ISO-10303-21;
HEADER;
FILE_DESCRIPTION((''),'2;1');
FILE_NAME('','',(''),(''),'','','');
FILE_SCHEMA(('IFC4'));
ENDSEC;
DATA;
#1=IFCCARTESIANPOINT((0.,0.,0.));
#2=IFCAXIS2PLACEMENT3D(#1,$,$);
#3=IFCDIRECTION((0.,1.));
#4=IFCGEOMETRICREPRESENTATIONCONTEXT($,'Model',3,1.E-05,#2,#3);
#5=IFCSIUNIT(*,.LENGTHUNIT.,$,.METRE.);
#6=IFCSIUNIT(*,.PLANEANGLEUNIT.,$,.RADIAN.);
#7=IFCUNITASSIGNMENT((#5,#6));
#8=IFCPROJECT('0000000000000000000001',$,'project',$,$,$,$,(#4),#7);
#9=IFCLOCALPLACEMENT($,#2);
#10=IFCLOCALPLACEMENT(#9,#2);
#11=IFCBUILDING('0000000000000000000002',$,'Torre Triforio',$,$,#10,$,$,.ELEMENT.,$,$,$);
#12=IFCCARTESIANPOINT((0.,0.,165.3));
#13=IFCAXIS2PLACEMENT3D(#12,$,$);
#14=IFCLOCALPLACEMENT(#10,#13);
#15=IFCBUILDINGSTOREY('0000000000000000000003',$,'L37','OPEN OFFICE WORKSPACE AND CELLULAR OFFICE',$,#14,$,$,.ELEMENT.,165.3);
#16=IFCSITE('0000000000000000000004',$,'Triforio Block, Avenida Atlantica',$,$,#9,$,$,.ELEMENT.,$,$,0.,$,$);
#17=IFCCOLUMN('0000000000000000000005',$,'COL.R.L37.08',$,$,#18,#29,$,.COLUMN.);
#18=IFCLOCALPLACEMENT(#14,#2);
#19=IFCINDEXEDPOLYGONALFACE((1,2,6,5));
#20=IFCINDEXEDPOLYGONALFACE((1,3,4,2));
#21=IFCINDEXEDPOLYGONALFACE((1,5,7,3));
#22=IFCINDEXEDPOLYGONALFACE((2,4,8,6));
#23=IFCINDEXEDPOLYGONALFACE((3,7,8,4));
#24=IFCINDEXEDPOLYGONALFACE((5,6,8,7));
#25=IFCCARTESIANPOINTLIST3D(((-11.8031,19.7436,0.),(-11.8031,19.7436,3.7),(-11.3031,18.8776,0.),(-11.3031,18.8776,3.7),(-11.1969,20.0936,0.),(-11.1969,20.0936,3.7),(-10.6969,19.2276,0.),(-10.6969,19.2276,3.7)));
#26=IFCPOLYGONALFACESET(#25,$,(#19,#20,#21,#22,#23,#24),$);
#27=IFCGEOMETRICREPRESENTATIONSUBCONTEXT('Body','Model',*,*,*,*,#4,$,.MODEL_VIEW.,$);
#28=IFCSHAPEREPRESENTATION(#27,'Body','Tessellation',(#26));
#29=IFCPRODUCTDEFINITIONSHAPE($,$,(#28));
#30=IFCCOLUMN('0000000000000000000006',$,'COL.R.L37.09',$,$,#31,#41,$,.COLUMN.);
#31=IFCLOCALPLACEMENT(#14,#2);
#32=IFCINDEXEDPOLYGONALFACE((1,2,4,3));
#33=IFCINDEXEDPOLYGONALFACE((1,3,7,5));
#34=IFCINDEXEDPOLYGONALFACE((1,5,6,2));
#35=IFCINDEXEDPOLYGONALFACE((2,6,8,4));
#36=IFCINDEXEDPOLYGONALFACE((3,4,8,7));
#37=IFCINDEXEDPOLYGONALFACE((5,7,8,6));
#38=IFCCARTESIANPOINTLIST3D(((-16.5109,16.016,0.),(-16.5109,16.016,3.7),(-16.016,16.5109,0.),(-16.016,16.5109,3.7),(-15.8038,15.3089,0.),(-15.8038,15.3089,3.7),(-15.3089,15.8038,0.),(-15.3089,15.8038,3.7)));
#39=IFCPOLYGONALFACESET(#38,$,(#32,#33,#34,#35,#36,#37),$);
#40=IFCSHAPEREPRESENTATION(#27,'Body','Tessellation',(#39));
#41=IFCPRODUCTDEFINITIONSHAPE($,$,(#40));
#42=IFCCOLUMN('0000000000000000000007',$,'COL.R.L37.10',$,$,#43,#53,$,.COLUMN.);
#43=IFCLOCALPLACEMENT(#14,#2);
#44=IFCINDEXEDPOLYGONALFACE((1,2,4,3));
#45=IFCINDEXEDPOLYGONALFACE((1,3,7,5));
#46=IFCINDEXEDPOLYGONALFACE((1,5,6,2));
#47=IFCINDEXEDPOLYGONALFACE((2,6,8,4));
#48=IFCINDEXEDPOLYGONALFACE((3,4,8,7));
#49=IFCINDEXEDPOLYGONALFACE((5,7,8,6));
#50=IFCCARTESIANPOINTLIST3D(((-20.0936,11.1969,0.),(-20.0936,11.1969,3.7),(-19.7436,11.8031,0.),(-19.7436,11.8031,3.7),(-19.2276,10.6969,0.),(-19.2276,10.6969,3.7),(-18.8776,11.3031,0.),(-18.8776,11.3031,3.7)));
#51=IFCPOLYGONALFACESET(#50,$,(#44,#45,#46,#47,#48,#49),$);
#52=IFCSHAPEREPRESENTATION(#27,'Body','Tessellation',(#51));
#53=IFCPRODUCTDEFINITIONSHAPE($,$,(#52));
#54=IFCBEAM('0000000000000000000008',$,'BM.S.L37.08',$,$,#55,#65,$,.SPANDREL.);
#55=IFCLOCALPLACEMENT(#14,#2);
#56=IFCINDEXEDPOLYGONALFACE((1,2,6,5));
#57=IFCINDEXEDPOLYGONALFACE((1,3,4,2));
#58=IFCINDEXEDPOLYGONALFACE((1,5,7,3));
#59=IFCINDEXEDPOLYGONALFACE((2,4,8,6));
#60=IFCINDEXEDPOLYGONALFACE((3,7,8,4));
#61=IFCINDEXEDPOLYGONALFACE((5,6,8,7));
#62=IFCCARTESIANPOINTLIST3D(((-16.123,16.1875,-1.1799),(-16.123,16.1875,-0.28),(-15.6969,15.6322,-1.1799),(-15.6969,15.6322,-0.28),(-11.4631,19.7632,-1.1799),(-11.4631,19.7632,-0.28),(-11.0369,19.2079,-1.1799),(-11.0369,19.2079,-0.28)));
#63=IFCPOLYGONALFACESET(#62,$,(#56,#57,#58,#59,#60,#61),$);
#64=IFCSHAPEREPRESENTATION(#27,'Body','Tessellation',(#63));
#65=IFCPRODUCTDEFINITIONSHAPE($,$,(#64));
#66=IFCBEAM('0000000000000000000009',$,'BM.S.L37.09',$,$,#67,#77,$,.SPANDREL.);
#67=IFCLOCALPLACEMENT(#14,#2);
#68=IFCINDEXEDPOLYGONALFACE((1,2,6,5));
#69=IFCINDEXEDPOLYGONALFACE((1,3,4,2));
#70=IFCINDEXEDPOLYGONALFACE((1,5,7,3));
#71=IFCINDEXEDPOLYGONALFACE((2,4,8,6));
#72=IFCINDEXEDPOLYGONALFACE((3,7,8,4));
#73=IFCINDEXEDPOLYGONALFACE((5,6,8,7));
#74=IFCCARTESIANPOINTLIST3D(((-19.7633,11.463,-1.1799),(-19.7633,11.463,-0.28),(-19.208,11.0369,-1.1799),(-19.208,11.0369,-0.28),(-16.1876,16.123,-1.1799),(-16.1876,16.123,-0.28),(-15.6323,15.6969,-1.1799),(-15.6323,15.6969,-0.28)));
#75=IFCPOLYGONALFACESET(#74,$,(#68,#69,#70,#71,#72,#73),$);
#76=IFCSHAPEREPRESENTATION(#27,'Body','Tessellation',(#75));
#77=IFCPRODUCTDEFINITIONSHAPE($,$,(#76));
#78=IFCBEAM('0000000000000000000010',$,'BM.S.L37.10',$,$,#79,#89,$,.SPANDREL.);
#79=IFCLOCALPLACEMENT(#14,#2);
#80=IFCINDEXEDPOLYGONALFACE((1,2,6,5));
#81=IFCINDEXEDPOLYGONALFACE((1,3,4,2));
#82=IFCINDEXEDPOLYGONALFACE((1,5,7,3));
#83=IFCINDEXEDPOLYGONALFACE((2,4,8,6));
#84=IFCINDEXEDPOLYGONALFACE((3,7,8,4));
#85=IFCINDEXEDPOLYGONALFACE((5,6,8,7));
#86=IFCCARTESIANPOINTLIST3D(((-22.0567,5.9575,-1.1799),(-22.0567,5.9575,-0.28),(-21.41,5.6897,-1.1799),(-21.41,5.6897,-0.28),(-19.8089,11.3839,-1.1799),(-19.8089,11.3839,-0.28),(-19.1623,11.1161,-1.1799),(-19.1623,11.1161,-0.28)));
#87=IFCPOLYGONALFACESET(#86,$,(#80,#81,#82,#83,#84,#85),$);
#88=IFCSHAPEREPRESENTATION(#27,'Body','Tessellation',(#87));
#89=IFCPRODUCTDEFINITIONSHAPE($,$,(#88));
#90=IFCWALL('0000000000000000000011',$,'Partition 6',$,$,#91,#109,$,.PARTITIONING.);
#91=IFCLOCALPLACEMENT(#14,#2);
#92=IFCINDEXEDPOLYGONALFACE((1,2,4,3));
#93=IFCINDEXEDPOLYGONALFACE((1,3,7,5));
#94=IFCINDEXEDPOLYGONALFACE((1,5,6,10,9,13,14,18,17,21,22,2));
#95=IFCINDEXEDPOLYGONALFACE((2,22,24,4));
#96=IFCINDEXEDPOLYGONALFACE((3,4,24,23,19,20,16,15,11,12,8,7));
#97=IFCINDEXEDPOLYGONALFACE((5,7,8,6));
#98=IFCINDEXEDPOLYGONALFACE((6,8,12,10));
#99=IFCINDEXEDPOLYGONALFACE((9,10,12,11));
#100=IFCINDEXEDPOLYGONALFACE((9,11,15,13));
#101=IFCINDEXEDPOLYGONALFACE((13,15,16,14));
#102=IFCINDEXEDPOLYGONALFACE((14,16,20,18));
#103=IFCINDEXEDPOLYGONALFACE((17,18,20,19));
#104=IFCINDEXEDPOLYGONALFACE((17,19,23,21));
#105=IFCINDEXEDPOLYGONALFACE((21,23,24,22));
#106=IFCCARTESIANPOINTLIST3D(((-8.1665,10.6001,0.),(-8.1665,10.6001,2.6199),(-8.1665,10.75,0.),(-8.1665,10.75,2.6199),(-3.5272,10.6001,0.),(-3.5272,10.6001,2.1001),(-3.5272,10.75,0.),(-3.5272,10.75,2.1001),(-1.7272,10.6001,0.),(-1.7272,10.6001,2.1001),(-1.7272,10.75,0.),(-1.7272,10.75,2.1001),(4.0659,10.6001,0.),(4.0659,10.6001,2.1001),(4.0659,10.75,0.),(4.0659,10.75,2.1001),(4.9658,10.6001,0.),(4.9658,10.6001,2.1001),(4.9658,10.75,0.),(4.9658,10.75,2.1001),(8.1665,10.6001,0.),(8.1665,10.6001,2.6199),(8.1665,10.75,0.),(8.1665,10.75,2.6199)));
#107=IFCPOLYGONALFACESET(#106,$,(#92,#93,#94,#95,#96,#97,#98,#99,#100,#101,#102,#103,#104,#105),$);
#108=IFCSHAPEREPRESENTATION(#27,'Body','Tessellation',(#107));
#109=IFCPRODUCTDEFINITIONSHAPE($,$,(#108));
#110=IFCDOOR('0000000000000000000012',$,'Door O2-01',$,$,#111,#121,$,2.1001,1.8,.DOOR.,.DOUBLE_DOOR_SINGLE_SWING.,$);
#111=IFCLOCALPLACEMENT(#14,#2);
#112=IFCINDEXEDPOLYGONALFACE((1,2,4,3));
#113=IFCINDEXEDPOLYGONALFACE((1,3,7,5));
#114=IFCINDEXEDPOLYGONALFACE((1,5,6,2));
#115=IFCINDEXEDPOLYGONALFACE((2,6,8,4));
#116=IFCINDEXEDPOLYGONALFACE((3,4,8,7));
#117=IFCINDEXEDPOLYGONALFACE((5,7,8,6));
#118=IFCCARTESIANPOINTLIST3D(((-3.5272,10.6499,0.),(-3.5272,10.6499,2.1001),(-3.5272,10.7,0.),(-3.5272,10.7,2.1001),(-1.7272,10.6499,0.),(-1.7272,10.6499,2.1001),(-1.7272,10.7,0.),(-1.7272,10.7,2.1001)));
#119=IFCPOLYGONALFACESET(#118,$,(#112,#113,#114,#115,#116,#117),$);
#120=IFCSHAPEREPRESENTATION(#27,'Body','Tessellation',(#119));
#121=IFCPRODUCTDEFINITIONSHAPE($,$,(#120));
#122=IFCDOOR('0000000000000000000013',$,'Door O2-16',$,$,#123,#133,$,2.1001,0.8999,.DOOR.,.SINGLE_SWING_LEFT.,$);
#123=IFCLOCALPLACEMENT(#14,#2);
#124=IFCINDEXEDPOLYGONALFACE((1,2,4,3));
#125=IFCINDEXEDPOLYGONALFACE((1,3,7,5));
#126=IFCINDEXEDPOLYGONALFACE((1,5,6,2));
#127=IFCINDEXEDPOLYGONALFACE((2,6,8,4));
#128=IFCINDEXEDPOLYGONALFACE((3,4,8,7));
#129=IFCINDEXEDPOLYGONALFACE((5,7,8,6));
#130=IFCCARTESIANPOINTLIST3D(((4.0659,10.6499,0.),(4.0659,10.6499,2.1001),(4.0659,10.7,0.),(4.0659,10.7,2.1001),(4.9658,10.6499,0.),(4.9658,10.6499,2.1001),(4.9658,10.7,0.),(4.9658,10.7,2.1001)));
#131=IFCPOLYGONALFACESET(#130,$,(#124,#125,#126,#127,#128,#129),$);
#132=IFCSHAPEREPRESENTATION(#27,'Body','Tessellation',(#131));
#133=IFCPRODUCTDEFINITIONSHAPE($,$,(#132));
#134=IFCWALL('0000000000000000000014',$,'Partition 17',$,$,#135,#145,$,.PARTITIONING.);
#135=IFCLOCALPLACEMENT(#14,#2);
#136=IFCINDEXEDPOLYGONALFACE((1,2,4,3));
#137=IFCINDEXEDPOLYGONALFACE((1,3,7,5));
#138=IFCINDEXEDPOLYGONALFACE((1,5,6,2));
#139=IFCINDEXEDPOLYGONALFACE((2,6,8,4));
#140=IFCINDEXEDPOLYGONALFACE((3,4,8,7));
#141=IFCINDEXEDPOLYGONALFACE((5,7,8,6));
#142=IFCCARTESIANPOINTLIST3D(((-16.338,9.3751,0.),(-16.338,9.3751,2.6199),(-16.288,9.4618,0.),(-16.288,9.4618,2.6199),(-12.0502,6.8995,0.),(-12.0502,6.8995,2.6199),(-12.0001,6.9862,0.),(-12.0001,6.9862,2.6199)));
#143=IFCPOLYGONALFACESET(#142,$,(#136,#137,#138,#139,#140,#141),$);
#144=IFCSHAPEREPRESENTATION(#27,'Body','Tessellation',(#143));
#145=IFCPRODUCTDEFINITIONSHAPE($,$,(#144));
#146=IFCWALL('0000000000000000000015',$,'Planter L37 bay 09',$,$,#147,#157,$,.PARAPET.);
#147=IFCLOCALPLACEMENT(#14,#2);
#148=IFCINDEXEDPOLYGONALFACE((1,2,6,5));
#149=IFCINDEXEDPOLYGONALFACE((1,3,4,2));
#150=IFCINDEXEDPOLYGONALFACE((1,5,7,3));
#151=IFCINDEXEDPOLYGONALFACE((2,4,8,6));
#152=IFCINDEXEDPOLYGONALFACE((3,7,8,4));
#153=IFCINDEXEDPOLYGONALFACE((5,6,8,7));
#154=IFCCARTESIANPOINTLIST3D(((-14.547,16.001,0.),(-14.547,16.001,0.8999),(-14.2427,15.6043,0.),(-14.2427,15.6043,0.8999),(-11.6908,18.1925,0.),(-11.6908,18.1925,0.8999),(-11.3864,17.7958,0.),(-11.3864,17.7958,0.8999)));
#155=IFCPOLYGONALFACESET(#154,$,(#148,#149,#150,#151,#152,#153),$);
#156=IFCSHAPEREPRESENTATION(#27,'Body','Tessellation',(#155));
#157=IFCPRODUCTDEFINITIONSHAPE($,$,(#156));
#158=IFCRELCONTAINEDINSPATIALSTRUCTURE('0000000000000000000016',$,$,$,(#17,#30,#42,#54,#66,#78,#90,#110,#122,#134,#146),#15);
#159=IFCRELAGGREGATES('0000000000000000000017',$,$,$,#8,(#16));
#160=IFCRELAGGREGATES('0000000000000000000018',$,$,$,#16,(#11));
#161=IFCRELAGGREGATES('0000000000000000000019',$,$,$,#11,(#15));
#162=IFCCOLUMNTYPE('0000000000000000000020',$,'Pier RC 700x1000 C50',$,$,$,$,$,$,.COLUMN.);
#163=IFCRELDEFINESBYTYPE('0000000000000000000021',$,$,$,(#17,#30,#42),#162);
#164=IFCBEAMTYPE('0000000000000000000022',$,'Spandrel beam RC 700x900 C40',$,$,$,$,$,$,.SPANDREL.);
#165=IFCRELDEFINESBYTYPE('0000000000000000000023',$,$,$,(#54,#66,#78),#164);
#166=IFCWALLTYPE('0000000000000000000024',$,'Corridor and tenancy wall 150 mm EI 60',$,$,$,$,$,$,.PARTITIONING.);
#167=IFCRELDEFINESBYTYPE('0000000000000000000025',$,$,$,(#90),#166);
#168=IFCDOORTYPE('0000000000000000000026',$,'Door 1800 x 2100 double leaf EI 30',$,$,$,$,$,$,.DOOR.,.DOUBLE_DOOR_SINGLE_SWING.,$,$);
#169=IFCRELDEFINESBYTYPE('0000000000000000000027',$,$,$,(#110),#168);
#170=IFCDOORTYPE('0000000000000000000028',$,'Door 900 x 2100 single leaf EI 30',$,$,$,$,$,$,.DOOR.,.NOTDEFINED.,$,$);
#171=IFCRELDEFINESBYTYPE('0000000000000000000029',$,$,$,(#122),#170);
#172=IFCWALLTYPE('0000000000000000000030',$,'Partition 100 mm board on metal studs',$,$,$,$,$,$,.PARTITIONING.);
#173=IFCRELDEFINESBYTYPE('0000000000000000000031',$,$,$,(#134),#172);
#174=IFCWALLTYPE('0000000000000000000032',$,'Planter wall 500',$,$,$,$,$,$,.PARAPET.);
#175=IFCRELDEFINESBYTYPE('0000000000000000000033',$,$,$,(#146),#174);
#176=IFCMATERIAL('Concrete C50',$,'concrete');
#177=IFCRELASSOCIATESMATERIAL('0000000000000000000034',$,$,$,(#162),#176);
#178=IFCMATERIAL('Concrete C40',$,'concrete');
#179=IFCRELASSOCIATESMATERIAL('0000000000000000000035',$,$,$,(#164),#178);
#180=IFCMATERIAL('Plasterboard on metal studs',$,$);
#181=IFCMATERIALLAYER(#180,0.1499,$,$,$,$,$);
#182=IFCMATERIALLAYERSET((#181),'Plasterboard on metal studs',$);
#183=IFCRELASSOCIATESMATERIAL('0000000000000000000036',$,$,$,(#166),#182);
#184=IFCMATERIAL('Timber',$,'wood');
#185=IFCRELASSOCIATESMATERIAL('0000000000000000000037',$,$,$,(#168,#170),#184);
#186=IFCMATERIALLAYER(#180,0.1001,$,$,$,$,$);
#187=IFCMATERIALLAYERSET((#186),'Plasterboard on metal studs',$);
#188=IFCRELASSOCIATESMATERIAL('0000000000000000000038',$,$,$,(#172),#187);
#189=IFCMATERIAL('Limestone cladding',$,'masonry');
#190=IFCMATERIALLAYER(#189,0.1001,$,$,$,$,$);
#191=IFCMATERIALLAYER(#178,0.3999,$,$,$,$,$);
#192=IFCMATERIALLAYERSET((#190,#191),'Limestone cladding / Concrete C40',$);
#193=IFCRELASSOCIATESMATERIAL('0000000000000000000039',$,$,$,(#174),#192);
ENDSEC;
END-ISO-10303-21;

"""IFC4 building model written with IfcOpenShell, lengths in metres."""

from ifc_helpers import new_model, si_unit, direction, frame, frame_2d, origin, origin_2d, place, context, subcontext, project, spatial, rectangle, extrude, material, layer, layer_set, material_profile, profile_set, type_object, element, fill, save


model = new_model("IFC4")

# Units and contexts
model_context = context("Model", 3, precision=1e-05, world=origin(), true_north=direction((0.0, 1.0)))
body_context = subcontext(model_context, "Body", "Model", "MODEL_VIEW")
ifc_project = project(units=[si_unit("LENGTHUNIT", "METRE"), si_unit("PLANEANGLEUNIT", "RADIAN")], contexts=[model_context])

# Site, building, storey
site_placement = place(None, origin())
site = spatial("IfcSite", under=ifc_project, at=site_placement, Name="Triforio Block, Avenida Atlantica", CompositionType="ELEMENT", RefElevation=0.0)
building_placement = place(site_placement, origin())
building = spatial("IfcBuilding", under=site, at=building_placement, Name="Torre Triforio", CompositionType="ELEMENT")
storey_placement = place(building_placement, frame((0.0, 0.0, 165.3)))
storey = spatial("IfcBuildingStorey", under=building, at=storey_placement, Name="L37", Description="OPEN OFFICE WORKSPACE AND CELLULAR OFFICE", CompositionType="ELEMENT", Elevation=165.3)

# Columns
ifc_material_1 = material(Name="Concrete C50", Category="concrete")
ifc_material_profile_1 = material_profile(ifc_material_1, rectangle(XDim=0.7, YDim=1.0, at=origin_2d()), Name="RC 700x1000")
ifc_profile_set_1 = profile_set([ifc_material_profile_1], Name="Concrete C50")
column_type = type_object("IfcColumnType", Name="Pier RC 700x1000 C50", PredefinedType="COLUMN", material=ifc_profile_set_1)
for number, where, z_axis, x_axis, name in (
    (1, (-11.25, 19.4856, 0.0), (0.0, 0.0, 1.0), (-0.866025, -0.5, 0.0), "COL.R.L37.08"),
    (2, (-15.9099, 15.9099, 0.0), (0.0, 0.0, 1.0), (-0.707107, -0.707107, 0.0), "COL.R.L37.09"),
    (3, (-19.4856, 11.25, 0.0), (0.0, 0.0, 1.0), (-0.5, -0.866025, 0.0), "COL.R.L37.10"),
):
    element("IfcColumn", number, at=place(storey_placement, frame(where, z_axis=z_axis, x_axis=x_axis)), inside=storey, type_object=column_type, Name=name, PredefinedType="COLUMN", context=body_context, shape_type="SweptSolid", body=[
        extrude(rectangle(XDim=0.7, YDim=1.0, at=origin_2d()), origin(), (0.0, 0.0, 1.0), 3.7),
    ])

# Beams
ifc_material_2 = material(Name="Concrete C40", Category="concrete")
ifc_material_profile_2 = material_profile(ifc_material_2, rectangle(XDim=0.7, YDim=0.8999, at=origin_2d()), Name="RC 700x900")
ifc_profile_set_2 = profile_set([ifc_material_profile_2], Name="Concrete C40")
beam_type = type_object("IfcBeamType", Name="Spandrel beam RC 700x900 C40", PredefinedType="SPANDREL", material=ifc_profile_set_2)
for number, where, z_axis, x_axis, name in (
    (4, (-11.25, 19.4856, -0.73), (-0.793353, -0.608762, 0.0), (0.608762, -0.793353, 0.0), "BM.S.L37.08"),
    (5, (-15.9099, 15.9099, -0.73), (-0.608762, -0.793353, 0.0), (0.793353, -0.608762, 0.0), "BM.S.L37.09"),
):
    element("IfcBeam", number, at=place(storey_placement, frame(where, z_axis=z_axis, x_axis=x_axis)), inside=storey, type_object=beam_type, Name=name, PredefinedType="SPANDREL", context=body_context, shape_type="SweptSolid", body=[
        extrude(rectangle(XDim=0.7, YDim=0.8999, at=origin_2d()), origin(), (0.0, 0.0, 1.0), 5.8738),
    ])
beam_placement = place(storey_placement, frame((-19.4856, 11.25, -0.73), z_axis=(-0.382693, -0.923875, 0.0), x_axis=(0.923875, -0.382693, 0.0)))
element("IfcBeam", 6, at=beam_placement, inside=storey, type_object=beam_type, Name="BM.S.L37.10", PredefinedType="SPANDREL", context=body_context, shape_type="SweptSolid", body=[
    extrude(rectangle(XDim=0.7, YDim=0.8999, at=origin_2d()), origin(), (0.0, 0.0, 1.0), 5.8735),
])

# Wall, openings, doors
ifc_material_3 = material(Name="Plasterboard on metal studs")
ifc_layer_1 = layer(ifc_material_3, 0.1499)
ifc_layer_set_1 = layer_set([ifc_layer_1], Name="Plasterboard on metal studs")
wall_type_1 = type_object("IfcWallType", Name="Corridor and tenancy wall 150 mm EI 60", PredefinedType="PARTITIONING", material=ifc_layer_set_1)
wall_1_placement = place(storey_placement, frame((-8.1665, 10.675, 0.0), z_axis=(0.0, 0.0, 1.0), x_axis=(1.0, 0.0, 0.0)))
wall_1 = element("IfcWall", 7, at=wall_1_placement, inside=storey, type_object=wall_type_1, Name="Partition 6", PredefinedType="PARTITIONING", context=body_context, shape_type="SweptSolid", body=[
    extrude(rectangle(XDim=16.333, YDim=0.1499, at=frame_2d((8.1665, 0.0))), origin(), (0.0, 0.0, 1.0), 2.6199),
])
opening_1_placement = place(wall_1_placement, frame((4.6394, 0.0, 0.0)))
opening_1 = element("IfcOpeningElement", 8, at=opening_1_placement, cuts=wall_1, PredefinedType="OPENING", context=body_context, shape_type="SweptSolid", body=[
    extrude(rectangle(XDim=1.8, YDim=2.1001, at=frame_2d((0.8999, 1.05))), frame((0.0, 0.085, 0.0), z_axis=(0.0, -1.0, 0.0), x_axis=(1.0, 0.0, 0.0)), (0.0, 0.0, 1.0), 0.1699),
])
opening_2_placement = place(wall_1_placement, frame((12.2324, 0.0, 0.0)))
opening_2 = element("IfcOpeningElement", 9, at=opening_2_placement, cuts=wall_1, PredefinedType="OPENING", context=body_context, shape_type="SweptSolid", body=[
    extrude(rectangle(XDim=0.8999, YDim=2.1001, at=frame_2d((0.45, 1.05))), frame((0.0, 0.085, 0.0), z_axis=(0.0, -1.0, 0.0), x_axis=(1.0, 0.0, 0.0)), (0.0, 0.0, 1.0), 0.1699),
])
ifc_material_4 = material(Name="Timber", Category="wood")
door_type_1 = type_object("IfcDoorType", Name="Door 1800 x 2100 double leaf EI 30", OperationType="DOUBLE_DOOR_SINGLE_SWING", PredefinedType="DOOR", material=ifc_material_4)
door_1_placement = place(opening_1_placement, origin())
door_1 = element("IfcDoor", 10, at=door_1_placement, inside=storey, type_object=door_type_1, Name="Door O2-01", OperationType="DOUBLE_DOOR_SINGLE_SWING", OverallHeight=2.1001, OverallWidth=1.8, PredefinedType="DOOR", context=body_context, shape_type="SweptSolid", body=[
    extrude(rectangle(XDim=1.8, YDim=2.1001, at=frame_2d((0.8999, 1.05))), frame((0.0, 0.0249, 0.0), z_axis=(0.0, -1.0, 0.0), x_axis=(1.0, 0.0, 0.0)), (0.0, 0.0, 1.0), 0.05),
])
fill(opening_1, door_1)
door_type_2 = type_object("IfcDoorType", Name="Door 900 x 2100 single leaf EI 30", OperationType="NOTDEFINED", PredefinedType="DOOR", material=ifc_material_4)
door_2_placement = place(opening_2_placement, origin())
door_2 = element("IfcDoor", 11, at=door_2_placement, inside=storey, type_object=door_type_2, Name="Door O2-16", OperationType="SINGLE_SWING_LEFT", OverallHeight=2.1001, OverallWidth=0.8999, PredefinedType="DOOR", context=body_context, shape_type="SweptSolid", body=[
    extrude(rectangle(XDim=0.8999, YDim=2.1001, at=frame_2d((0.45, 1.05))), frame((0.0, 0.0249, 0.0), z_axis=(0.0, -1.0, 0.0), x_axis=(1.0, 0.0, 0.0)), (0.0, 0.0, 1.0), 0.05),
])
fill(opening_2, door_2)

# Walls
ifc_layer_2 = layer(ifc_material_3, 0.1001)
ifc_layer_set_2 = layer_set([ifc_layer_2], Name="Plasterboard on metal studs")
wall_type_2 = type_object("IfcWallType", Name="Partition 100 mm board on metal studs", PredefinedType="PARTITIONING", material=ifc_layer_set_2)
wall_2_placement = place(storey_placement, frame((-12.0251, 6.9429, 0.0), z_axis=(0.0, 0.0, 1.0), x_axis=(-0.866025, 0.5, 0.0)))
element("IfcWall", 12, at=wall_2_placement, inside=storey, type_object=wall_type_2, Name="Partition 17", PredefinedType="PARTITIONING", context=body_context, shape_type="SweptSolid", body=[
    extrude(rectangle(XDim=4.9512, YDim=0.1001, at=frame_2d((2.4756, 0.0))), origin(), (0.0, 0.0, 1.0), 2.6199),
])
ifc_material_5 = material(Name="Limestone cladding", Category="masonry")
ifc_layer_3 = layer(ifc_material_5, 0.1001)
ifc_layer_4 = layer(ifc_material_2, 0.3999)
ifc_layer_set_3 = layer_set([ifc_layer_3, ifc_layer_4], Name="Limestone cladding / Concrete C40")
wall_type_3 = type_object("IfcWallType", Name="Planter wall 500", PredefinedType="PARAPET", material=ifc_layer_set_3)
wall_3_placement = place(storey_placement, frame((-11.5386, 17.9941, 0.0), z_axis=(0.0, 0.0, 1.0), x_axis=(-0.793385, -0.608721, 0.0)))
element("IfcWall", 13, at=wall_3_placement, inside=storey, type_object=wall_type_3, Name="Planter L37 bay 09", PredefinedType="PARAPET", context=body_context, shape_type="SweptSolid", body=[
    extrude(rectangle(XDim=3.6001, YDim=0.5, at=frame_2d((1.8, 0.0))), origin(), (0.0, 0.0, 1.0), 0.8999),
])

save(model, "model.ifc")
